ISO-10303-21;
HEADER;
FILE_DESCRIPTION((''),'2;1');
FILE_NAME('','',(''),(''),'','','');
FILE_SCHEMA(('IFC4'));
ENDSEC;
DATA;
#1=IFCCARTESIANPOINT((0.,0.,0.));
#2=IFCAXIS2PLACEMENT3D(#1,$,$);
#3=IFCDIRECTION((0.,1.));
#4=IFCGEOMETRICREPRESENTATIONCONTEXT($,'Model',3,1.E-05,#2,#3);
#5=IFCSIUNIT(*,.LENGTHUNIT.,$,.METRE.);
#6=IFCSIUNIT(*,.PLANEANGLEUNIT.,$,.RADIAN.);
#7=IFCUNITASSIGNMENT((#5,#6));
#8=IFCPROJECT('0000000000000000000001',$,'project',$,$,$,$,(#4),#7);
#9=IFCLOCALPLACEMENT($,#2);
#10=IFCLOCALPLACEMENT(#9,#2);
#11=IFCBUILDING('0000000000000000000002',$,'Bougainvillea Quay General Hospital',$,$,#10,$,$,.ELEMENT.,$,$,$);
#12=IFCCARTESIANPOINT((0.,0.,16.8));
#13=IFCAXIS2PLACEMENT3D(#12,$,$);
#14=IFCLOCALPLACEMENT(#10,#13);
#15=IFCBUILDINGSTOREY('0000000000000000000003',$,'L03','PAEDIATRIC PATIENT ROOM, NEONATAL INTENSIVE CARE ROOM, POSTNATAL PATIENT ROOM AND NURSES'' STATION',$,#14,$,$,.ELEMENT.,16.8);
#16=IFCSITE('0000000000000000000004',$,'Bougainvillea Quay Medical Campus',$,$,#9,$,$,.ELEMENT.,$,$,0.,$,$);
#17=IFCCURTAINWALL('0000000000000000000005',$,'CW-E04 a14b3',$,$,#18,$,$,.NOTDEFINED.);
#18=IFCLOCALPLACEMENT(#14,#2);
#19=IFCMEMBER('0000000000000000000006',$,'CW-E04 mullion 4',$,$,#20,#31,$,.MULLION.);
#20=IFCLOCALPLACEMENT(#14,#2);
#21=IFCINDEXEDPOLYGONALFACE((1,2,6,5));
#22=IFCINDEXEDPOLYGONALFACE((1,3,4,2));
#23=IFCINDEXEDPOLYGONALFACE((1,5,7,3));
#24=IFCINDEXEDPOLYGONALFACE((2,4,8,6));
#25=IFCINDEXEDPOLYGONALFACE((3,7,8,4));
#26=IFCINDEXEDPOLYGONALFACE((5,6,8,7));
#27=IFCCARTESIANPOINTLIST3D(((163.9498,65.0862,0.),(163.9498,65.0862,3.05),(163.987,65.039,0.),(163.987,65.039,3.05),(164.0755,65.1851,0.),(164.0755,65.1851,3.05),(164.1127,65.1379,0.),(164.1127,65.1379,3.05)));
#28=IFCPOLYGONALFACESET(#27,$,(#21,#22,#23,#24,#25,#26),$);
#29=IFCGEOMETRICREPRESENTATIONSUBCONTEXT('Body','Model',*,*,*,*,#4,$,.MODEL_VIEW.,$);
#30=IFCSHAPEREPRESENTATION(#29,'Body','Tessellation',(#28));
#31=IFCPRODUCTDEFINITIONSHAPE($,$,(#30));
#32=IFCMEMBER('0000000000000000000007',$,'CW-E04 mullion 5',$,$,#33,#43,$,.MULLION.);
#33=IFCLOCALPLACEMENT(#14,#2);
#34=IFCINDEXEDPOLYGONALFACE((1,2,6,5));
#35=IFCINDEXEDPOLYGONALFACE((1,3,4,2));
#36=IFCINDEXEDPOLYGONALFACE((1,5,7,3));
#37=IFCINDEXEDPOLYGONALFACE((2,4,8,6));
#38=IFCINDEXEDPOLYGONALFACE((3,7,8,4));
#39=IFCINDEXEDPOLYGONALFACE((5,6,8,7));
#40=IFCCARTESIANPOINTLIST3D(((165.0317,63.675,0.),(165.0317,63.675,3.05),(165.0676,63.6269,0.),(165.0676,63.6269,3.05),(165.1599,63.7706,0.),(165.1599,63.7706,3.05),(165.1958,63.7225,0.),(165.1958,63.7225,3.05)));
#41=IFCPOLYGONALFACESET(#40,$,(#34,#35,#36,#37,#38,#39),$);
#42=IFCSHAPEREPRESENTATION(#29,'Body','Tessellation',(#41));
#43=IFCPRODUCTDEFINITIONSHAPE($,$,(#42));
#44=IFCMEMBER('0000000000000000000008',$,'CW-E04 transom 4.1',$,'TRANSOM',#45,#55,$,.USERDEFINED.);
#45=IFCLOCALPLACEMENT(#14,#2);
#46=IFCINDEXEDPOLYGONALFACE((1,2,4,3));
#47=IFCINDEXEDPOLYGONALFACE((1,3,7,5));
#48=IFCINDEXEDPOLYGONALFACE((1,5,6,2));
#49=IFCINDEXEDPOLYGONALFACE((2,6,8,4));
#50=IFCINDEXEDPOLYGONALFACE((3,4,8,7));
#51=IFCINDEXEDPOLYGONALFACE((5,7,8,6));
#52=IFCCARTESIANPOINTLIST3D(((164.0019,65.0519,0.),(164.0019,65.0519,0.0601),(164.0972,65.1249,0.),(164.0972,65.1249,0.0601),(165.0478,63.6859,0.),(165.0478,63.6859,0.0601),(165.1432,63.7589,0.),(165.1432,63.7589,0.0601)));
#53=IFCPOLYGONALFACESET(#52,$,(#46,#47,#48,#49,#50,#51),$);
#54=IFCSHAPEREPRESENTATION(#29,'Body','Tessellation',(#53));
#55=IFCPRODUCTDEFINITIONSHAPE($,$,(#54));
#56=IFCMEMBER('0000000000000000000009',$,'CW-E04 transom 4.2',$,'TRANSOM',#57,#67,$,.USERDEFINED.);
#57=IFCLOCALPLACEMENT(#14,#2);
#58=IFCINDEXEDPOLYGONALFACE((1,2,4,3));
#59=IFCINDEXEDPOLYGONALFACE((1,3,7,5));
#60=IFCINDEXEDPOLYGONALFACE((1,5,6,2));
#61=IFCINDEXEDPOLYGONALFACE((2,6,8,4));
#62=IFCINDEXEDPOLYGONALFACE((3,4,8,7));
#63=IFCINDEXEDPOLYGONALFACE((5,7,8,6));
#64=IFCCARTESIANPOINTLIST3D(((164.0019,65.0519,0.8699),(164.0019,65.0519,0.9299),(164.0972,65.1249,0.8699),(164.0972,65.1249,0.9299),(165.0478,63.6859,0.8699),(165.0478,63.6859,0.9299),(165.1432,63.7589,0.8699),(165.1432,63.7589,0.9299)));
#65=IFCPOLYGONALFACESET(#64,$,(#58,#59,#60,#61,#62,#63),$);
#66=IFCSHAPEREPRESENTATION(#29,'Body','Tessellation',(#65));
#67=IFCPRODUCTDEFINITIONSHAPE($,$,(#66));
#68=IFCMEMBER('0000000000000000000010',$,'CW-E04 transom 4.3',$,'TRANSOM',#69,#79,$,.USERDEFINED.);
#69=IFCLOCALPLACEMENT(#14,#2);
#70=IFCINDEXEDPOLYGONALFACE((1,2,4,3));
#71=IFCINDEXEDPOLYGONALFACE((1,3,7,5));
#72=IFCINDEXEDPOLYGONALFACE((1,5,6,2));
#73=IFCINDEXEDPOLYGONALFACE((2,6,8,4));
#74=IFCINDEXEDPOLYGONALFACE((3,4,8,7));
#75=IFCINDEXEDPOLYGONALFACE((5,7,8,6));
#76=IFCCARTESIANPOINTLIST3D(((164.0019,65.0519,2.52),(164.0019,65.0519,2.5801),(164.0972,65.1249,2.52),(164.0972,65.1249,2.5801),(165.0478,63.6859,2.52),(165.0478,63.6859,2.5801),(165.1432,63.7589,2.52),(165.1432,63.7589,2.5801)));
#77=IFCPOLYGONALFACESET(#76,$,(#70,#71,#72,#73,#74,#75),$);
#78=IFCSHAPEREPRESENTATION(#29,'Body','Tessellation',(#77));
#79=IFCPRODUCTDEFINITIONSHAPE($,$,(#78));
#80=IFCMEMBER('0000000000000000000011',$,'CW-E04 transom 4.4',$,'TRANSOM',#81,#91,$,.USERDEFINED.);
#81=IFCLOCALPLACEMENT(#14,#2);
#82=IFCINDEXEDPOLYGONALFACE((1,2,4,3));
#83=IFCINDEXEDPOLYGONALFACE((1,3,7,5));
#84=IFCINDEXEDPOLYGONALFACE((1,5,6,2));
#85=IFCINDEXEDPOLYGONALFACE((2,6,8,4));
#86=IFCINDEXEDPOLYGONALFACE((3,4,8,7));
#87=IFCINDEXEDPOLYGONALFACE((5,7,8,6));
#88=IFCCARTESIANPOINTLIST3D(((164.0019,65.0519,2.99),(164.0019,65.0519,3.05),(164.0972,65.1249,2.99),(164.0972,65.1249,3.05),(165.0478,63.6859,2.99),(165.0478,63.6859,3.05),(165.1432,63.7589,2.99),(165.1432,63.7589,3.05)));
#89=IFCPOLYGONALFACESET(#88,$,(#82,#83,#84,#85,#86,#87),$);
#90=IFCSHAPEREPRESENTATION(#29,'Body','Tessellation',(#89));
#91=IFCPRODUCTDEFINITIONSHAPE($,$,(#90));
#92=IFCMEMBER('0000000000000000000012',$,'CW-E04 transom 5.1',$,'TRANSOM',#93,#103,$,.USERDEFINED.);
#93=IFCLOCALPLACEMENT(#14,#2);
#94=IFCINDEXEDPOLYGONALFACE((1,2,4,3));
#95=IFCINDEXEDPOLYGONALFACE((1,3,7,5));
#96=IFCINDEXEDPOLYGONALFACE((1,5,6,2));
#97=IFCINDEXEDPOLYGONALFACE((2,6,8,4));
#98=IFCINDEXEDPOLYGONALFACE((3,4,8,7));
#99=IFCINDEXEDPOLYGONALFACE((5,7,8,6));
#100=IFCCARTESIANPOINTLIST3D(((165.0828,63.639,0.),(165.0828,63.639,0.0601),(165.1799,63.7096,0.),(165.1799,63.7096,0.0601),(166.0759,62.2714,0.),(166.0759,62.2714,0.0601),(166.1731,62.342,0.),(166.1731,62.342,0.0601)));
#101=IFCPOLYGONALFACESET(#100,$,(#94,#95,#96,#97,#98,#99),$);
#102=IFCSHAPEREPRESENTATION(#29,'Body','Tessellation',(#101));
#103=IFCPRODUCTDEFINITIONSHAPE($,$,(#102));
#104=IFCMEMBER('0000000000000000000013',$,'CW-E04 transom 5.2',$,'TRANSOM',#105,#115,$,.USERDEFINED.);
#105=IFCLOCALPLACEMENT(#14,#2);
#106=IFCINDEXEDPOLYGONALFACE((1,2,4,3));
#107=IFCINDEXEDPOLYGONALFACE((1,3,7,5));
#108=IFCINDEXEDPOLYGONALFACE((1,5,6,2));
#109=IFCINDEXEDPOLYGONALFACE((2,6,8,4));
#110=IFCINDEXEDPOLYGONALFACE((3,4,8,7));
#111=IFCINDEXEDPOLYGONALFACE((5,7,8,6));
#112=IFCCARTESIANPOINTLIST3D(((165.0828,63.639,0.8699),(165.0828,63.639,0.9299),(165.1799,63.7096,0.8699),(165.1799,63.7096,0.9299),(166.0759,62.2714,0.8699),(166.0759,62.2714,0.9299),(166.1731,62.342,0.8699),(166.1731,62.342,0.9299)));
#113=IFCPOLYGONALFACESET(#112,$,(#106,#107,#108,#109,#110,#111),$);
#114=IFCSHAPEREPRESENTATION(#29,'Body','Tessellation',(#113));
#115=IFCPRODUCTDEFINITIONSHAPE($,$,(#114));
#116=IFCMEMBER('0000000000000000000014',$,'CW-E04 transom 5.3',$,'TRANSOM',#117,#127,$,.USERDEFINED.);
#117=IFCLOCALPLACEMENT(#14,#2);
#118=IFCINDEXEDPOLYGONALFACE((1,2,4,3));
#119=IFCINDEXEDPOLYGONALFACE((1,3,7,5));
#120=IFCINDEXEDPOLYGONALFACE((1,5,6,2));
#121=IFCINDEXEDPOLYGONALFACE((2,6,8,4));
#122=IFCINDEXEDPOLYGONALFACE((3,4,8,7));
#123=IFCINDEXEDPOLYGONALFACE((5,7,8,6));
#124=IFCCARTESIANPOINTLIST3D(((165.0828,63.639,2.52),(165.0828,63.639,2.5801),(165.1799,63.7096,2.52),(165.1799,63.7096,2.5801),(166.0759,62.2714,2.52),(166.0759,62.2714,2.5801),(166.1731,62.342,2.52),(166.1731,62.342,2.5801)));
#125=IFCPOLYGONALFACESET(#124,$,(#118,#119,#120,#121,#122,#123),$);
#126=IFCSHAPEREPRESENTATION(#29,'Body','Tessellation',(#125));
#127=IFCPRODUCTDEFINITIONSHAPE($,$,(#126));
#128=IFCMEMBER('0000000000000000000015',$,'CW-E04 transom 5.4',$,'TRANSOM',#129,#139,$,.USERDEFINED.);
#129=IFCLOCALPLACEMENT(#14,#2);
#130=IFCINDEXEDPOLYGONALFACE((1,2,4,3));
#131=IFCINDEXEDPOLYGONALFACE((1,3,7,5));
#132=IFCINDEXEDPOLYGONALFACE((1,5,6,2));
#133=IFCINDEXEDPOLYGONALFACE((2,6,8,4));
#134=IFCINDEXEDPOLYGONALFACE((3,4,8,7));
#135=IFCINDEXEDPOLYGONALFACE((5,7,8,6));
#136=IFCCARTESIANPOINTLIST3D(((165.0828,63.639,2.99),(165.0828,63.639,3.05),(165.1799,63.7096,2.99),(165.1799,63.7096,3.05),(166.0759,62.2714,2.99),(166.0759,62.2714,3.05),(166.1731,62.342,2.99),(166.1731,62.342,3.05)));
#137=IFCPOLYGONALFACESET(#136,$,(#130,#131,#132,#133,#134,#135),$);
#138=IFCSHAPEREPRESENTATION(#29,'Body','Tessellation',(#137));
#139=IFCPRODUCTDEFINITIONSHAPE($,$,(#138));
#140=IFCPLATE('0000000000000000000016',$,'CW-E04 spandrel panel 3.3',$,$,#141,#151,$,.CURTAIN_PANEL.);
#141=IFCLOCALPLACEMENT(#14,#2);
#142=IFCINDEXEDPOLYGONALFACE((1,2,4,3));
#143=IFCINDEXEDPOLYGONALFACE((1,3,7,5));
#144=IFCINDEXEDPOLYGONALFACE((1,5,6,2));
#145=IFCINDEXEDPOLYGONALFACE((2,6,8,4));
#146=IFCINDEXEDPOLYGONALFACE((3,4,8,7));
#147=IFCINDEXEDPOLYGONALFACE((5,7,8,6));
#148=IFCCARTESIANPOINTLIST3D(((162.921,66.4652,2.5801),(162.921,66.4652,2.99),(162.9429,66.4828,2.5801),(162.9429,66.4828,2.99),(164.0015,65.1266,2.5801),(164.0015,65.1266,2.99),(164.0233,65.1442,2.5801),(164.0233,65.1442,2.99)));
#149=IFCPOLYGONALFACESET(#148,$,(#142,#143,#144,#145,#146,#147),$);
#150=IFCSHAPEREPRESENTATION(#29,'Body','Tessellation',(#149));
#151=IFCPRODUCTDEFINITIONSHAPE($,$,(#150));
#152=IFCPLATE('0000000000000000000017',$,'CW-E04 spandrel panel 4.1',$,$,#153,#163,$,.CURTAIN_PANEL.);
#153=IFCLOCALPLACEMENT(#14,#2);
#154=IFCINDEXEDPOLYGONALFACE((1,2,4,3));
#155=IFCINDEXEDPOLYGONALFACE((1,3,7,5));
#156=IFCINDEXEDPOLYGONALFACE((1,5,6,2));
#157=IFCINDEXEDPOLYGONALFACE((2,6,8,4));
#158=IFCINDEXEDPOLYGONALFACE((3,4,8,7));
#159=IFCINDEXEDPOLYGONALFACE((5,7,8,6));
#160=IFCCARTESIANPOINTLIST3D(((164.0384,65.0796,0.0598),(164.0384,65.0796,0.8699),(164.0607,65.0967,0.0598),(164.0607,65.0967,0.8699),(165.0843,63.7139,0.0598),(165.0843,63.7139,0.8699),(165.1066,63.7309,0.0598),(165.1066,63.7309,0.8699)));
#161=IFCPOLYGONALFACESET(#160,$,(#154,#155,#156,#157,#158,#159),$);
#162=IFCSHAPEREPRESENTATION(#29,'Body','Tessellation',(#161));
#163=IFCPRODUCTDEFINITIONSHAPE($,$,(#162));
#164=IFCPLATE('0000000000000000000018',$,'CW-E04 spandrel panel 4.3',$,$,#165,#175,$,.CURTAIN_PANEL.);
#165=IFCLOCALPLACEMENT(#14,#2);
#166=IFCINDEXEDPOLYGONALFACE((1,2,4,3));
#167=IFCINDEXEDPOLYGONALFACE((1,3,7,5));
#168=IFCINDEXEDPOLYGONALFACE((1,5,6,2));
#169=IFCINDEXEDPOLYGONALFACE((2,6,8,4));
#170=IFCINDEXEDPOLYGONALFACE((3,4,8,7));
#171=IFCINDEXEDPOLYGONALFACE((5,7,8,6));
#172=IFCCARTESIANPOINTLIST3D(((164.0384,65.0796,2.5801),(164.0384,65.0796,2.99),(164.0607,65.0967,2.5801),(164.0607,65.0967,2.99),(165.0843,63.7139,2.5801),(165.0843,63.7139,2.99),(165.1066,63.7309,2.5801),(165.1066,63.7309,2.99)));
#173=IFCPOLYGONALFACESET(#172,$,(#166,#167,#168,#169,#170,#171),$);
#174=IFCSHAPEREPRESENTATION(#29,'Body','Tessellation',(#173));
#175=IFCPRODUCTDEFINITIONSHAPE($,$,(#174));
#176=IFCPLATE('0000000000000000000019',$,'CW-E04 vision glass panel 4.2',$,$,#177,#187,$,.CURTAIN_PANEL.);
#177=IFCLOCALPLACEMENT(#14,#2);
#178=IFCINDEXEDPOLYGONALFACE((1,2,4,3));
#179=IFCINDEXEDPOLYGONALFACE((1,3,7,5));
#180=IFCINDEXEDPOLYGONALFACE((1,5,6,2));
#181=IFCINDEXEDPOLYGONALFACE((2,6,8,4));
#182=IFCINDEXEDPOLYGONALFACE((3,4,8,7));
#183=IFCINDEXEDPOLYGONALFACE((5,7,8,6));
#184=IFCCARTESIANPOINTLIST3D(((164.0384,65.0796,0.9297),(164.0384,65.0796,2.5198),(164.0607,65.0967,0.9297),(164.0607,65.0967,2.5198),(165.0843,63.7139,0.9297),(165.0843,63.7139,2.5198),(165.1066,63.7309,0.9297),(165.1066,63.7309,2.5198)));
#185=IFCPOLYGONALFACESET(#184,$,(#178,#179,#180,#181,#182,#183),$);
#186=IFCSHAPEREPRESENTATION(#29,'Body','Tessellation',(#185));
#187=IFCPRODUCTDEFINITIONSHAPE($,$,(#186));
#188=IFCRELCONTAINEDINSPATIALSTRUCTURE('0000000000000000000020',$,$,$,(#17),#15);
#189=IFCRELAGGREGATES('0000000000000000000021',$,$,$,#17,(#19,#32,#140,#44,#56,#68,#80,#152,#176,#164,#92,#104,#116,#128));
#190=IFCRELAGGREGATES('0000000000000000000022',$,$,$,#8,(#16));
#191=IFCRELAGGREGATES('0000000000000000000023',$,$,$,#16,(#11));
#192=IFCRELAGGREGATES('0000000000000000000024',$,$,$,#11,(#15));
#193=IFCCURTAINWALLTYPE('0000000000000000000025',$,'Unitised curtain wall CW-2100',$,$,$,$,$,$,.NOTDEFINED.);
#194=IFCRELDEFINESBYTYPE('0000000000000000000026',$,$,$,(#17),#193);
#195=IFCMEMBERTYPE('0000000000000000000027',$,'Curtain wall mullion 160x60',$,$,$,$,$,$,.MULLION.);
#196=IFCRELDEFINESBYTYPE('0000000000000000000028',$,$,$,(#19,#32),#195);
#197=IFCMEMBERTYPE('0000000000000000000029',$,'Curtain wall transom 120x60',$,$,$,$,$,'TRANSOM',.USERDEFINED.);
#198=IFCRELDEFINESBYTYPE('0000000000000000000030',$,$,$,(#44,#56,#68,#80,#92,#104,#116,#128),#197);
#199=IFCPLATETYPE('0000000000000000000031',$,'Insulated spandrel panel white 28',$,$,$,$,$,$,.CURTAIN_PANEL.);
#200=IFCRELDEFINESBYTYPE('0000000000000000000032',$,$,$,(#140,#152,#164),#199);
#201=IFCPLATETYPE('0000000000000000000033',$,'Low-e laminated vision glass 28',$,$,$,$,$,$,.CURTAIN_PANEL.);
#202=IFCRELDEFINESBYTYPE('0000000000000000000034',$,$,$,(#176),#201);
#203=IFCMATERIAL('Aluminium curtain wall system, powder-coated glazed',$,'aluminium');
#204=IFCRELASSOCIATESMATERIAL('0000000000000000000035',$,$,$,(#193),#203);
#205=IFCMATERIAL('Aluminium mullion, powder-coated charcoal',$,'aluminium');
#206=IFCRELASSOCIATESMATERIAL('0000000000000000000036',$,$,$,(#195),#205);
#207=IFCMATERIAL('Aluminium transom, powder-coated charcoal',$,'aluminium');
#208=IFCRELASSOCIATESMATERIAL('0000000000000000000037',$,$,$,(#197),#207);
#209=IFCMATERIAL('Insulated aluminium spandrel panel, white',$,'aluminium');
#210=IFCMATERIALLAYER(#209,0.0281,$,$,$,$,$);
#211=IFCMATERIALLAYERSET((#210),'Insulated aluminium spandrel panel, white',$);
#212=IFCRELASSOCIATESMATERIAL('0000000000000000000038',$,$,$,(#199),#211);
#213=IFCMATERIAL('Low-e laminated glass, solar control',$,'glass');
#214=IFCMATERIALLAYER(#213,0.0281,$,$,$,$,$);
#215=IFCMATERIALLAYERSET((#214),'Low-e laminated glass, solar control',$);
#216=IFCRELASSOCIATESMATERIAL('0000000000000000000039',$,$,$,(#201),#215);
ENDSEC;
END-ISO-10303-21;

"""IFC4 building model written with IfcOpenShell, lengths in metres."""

from ifc_helpers import new_model, si_unit, direction, frame, origin, origin_2d, place, context, subcontext, project, spatial, rectangle, extrude, material, layer, layer_set, material_profile, profile_set, type_object, element, aggregate, save


model = new_model("IFC4")

# Units and contexts
model_context = context("Model", 3, precision=1e-05, world=origin(), true_north=direction((0.0, 1.0)))
body_context = subcontext(model_context, "Body", "Model", "MODEL_VIEW")
ifc_project = project(units=[si_unit("LENGTHUNIT", "METRE"), si_unit("PLANEANGLEUNIT", "RADIAN")], contexts=[model_context])

# Site, building, storey
site_placement = place(None, origin())
site = spatial("IfcSite", under=ifc_project, at=site_placement, Name="Bougainvillea Quay Medical Campus", CompositionType="ELEMENT", RefElevation=0.0)
building_placement = place(site_placement, origin())
building = spatial("IfcBuilding", under=site, at=building_placement, Name="Bougainvillea Quay General Hospital", CompositionType="ELEMENT")
storey_placement = place(building_placement, frame((0.0, 0.0, 16.8)))
storey = spatial("IfcBuildingStorey", under=building, at=storey_placement, Name="L03", Description="PAEDIATRIC PATIENT ROOM, NEONATAL INTENSIVE CARE ROOM, POSTNATAL PATIENT ROOM AND NURSES' STATION", CompositionType="ELEMENT", Elevation=16.8)

# Curtain wall, members, plates
ifc_material_1 = material(Name="Aluminium curtain wall system, powder-coated glazed", Category="aluminium")
curtain_wall_type = type_object("IfcCurtainWallType", Name="Unitised curtain wall CW-2100", PredefinedType="NOTDEFINED", material=ifc_material_1)
curtain_wall_placement = place(storey_placement, origin())
curtain_wall = element("IfcCurtainWall", 1, at=curtain_wall_placement, inside=storey, type_object=curtain_wall_type, Name="CW-E04 a14b3", PredefinedType="NOTDEFINED")
ifc_material_2 = material(Name="Aluminium mullion, powder-coated charcoal", Category="aluminium")
ifc_material_profile_1 = material_profile(ifc_material_2, rectangle(XDim=0.1599, YDim=0.0601, at=origin_2d()))
ifc_profile_set_1 = profile_set([ifc_material_profile_1], Name="Aluminium mullion, powder-coated charcoal")
member_type_1 = type_object("IfcMemberType", Name="Curtain wall mullion 160x60", PredefinedType="MULLION", material=ifc_profile_set_1)
member_1_placement = place(storey_placement, frame((164.0312, 65.1121, 0.0), z_axis=(0.0, 0.0, 1.0), x_axis=(0.786107, 0.61809, 0.0)))
member_1 = element("IfcMember", 2, at=member_1_placement, type_object=member_type_1, Name="CW-E04 mullion 4", PredefinedType="MULLION", context=body_context, shape_type="SweptSolid", body=[
    extrude(rectangle(XDim=0.1599, YDim=0.0601, at=origin_2d()), origin(), (0.0, 0.0, 1.0), 3.05),
])
member_2_placement = place(storey_placement, frame((165.1138, 63.6987, 0.0), z_axis=(0.0, 0.0, 1.0), x_axis=(0.801625, 0.597827, 0.0)))
member_2 = element("IfcMember", 3, at=member_2_placement, type_object=member_type_1, Name="CW-E04 mullion 5", PredefinedType="MULLION", context=body_context, shape_type="SweptSolid", body=[
    extrude(rectangle(XDim=0.1599, YDim=0.0601, at=origin_2d()), origin(), (0.0, 0.0, 1.0), 3.05),
])
ifc_material_3 = material(Name="Aluminium transom, powder-coated charcoal", Category="aluminium")
ifc_material_profile_2 = material_profile(ifc_material_3, rectangle(XDim=0.1201, YDim=0.0601, at=origin_2d()))
ifc_profile_set_2 = profile_set([ifc_material_profile_2], Name="Aluminium transom, powder-coated charcoal")
member_type_2 = type_object("IfcMemberType", Name="Curtain wall transom 120x60", ElementType="TRANSOM", PredefinedType="USERDEFINED", material=ifc_profile_set_2)
member_3_placement = place(storey_placement, frame((164.0496, 65.0884, 0.03), z_axis=(0.60794, -0.793983, 0.0), x_axis=(0.793983, 0.60794, 0.0)))
member_3 = element("IfcMember", 4, at=member_3_placement, type_object=member_type_2, Name="CW-E04 transom 4.1", ObjectType="TRANSOM", PredefinedType="USERDEFINED", context=body_context, shape_type="SweptSolid", body=[
    extrude(rectangle(XDim=0.1201, YDim=0.0601, at=origin_2d()), origin(), (0.0, 0.0, 1.0), 1.7205),
])
member_4_placement = place(storey_placement, frame((164.0496, 65.0884, 0.8999), z_axis=(0.60794, -0.793983, 0.0), x_axis=(0.793983, 0.60794, 0.0)))
member_4 = element("IfcMember", 5, at=member_4_placement, type_object=member_type_2, Name="CW-E04 transom 4.2", ObjectType="TRANSOM", PredefinedType="USERDEFINED", context=body_context, shape_type="SweptSolid", body=[
    extrude(rectangle(XDim=0.1201, YDim=0.0601, at=origin_2d()), origin(), (0.0, 0.0, 1.0), 1.7205),
])
member_5_placement = place(storey_placement, frame((164.0496, 65.0884, 2.55), z_axis=(0.60794, -0.793983, 0.0), x_axis=(0.793983, 0.60794, 0.0)))
member_5 = element("IfcMember", 6, at=member_5_placement, type_object=member_type_2, Name="CW-E04 transom 4.3", ObjectType="TRANSOM", PredefinedType="USERDEFINED", context=body_context, shape_type="SweptSolid", body=[
    extrude(rectangle(XDim=0.1201, YDim=0.0601, at=origin_2d()), origin(), (0.0, 0.0, 1.0), 1.7205),
])
member_6_placement = place(storey_placement, frame((164.0496, 65.0884, 3.02), z_axis=(0.60794, -0.793983, 0.0), x_axis=(0.793983, 0.60794, 0.0)))
member_6 = element("IfcMember", 7, at=member_6_placement, type_object=member_type_2, Name="CW-E04 transom 4.4", ObjectType="TRANSOM", PredefinedType="USERDEFINED", context=body_context, shape_type="SweptSolid", body=[
    extrude(rectangle(XDim=0.1201, YDim=0.0601, at=origin_2d()), origin(), (0.0, 0.0, 1.0), 1.7205),
])
member_7_placement = place(storey_placement, frame((165.1313, 63.6743, 0.03), z_axis=(0.587588, -0.809161, 0.0), x_axis=(0.809161, 0.587588, 0.0)))
member_7 = element("IfcMember", 8, at=member_7_placement, type_object=member_type_2, Name="CW-E04 transom 5.1", ObjectType="TRANSOM", PredefinedType="USERDEFINED", context=body_context, shape_type="SweptSolid", body=[
    extrude(rectangle(XDim=0.1201, YDim=0.0601, at=origin_2d()), origin(), (0.0, 0.0, 1.0), 1.6902),
])
member_8_placement = place(storey_placement, frame((165.1313, 63.6743, 0.8999), z_axis=(0.587588, -0.809161, 0.0), x_axis=(0.809161, 0.587588, 0.0)))
member_8 = element("IfcMember", 9, at=member_8_placement, type_object=member_type_2, Name="CW-E04 transom 5.2", ObjectType="TRANSOM", PredefinedType="USERDEFINED", context=body_context, shape_type="SweptSolid", body=[
    extrude(rectangle(XDim=0.1201, YDim=0.0601, at=origin_2d()), origin(), (0.0, 0.0, 1.0), 1.6902),
])
member_9_placement = place(storey_placement, frame((165.1313, 63.6743, 2.55), z_axis=(0.587588, -0.809161, 0.0), x_axis=(0.809161, 0.587588, 0.0)))
member_9 = element("IfcMember", 10, at=member_9_placement, type_object=member_type_2, Name="CW-E04 transom 5.3", ObjectType="TRANSOM", PredefinedType="USERDEFINED", context=body_context, shape_type="SweptSolid", body=[
    extrude(rectangle(XDim=0.1201, YDim=0.0601, at=origin_2d()), origin(), (0.0, 0.0, 1.0), 1.6902),
])
member_10_placement = place(storey_placement, frame((165.1313, 63.6743, 3.02), z_axis=(0.587588, -0.809161, 0.0), x_axis=(0.809161, 0.587588, 0.0)))
member_10 = element("IfcMember", 11, at=member_10_placement, type_object=member_type_2, Name="CW-E04 transom 5.4", ObjectType="TRANSOM", PredefinedType="USERDEFINED", context=body_context, shape_type="SweptSolid", body=[
    extrude(rectangle(XDim=0.1201, YDim=0.0601, at=origin_2d()), origin(), (0.0, 0.0, 1.0), 1.6902),
])
ifc_material_4 = material(Name="Insulated aluminium spandrel panel, white", Category="aluminium")
ifc_layer_1 = layer(ifc_material_4, 0.0281)
ifc_layer_set_1 = layer_set([ifc_layer_1], Name="Insulated aluminium spandrel panel, white")
plate_type_1 = type_object("IfcPlateType", Name="Insulated spandrel panel white 28", PredefinedType="CURTAIN_PANEL", material=ifc_layer_set_1)
plate_1_placement = place(storey_placement, frame((163.4722, 65.8047, 2.5801), z_axis=(0.0, 0.0, 1.0), x_axis=(0.628072, -0.778155, 0.0)))
plate_1 = element("IfcPlate", 12, at=plate_1_placement, type_object=plate_type_1, Name="CW-E04 spandrel panel 3.3", PredefinedType="CURTAIN_PANEL", context=body_context, shape_type="SweptSolid", body=[
    extrude(rectangle(XDim=1.7202, YDim=0.0281, at=origin_2d()), origin(), (0.0, 0.0, 1.0), 0.4099),
])
plate_2_placement = place(storey_placement, frame((164.5725, 64.4053, 0.0598), z_axis=(0.0, 0.0, 1.0), x_axis=(0.608008, -0.793931, 0.0)))
plate_2 = element("IfcPlate", 13, at=plate_2_placement, type_object=plate_type_1, Name="CW-E04 spandrel panel 4.1", PredefinedType="CURTAIN_PANEL", context=body_context, shape_type="SweptSolid", body=[
    extrude(rectangle(XDim=1.7202, YDim=0.0281, at=origin_2d()), origin(), (0.0, 0.0, 1.0), 0.8101),
])
plate_3_placement = place(storey_placement, frame((164.5725, 64.4053, 2.5801), z_axis=(0.0, 0.0, 1.0), x_axis=(0.608008, -0.793931, 0.0)))
plate_3 = element("IfcPlate", 14, at=plate_3_placement, type_object=plate_type_1, Name="CW-E04 spandrel panel 4.3", PredefinedType="CURTAIN_PANEL", context=body_context, shape_type="SweptSolid", body=[
    extrude(rectangle(XDim=1.7202, YDim=0.0281, at=origin_2d()), origin(), (0.0, 0.0, 1.0), 0.4099),
])
ifc_material_5 = material(Name="Low-e laminated glass, solar control", Category="glass")
ifc_layer_2 = layer(ifc_material_5, 0.0281)
ifc_layer_set_2 = layer_set([ifc_layer_2], Name="Low-e laminated glass, solar control")
plate_type_2 = type_object("IfcPlateType", Name="Low-e laminated vision glass 28", PredefinedType="CURTAIN_PANEL", material=ifc_layer_set_2)
plate_4_placement = place(storey_placement, frame((164.5725, 64.4053, 0.9297), z_axis=(0.0, 0.0, 1.0), x_axis=(0.608008, -0.793931, 0.0)))
plate_4 = element("IfcPlate", 15, at=plate_4_placement, type_object=plate_type_2, Name="CW-E04 vision glass panel 4.2", PredefinedType="CURTAIN_PANEL", context=body_context, shape_type="SweptSolid", body=[
    extrude(rectangle(XDim=1.7202, YDim=0.0281, at=origin_2d()), origin(), (0.0, 0.0, 1.0), 1.5901),
])
aggregate(curtain_wall, [member_1, member_2, plate_1, member_3, member_4, member_5, member_6, plate_2, plate_4, plate_3, member_7, member_8, member_9, member_10])

save(model, "model.ifc")
